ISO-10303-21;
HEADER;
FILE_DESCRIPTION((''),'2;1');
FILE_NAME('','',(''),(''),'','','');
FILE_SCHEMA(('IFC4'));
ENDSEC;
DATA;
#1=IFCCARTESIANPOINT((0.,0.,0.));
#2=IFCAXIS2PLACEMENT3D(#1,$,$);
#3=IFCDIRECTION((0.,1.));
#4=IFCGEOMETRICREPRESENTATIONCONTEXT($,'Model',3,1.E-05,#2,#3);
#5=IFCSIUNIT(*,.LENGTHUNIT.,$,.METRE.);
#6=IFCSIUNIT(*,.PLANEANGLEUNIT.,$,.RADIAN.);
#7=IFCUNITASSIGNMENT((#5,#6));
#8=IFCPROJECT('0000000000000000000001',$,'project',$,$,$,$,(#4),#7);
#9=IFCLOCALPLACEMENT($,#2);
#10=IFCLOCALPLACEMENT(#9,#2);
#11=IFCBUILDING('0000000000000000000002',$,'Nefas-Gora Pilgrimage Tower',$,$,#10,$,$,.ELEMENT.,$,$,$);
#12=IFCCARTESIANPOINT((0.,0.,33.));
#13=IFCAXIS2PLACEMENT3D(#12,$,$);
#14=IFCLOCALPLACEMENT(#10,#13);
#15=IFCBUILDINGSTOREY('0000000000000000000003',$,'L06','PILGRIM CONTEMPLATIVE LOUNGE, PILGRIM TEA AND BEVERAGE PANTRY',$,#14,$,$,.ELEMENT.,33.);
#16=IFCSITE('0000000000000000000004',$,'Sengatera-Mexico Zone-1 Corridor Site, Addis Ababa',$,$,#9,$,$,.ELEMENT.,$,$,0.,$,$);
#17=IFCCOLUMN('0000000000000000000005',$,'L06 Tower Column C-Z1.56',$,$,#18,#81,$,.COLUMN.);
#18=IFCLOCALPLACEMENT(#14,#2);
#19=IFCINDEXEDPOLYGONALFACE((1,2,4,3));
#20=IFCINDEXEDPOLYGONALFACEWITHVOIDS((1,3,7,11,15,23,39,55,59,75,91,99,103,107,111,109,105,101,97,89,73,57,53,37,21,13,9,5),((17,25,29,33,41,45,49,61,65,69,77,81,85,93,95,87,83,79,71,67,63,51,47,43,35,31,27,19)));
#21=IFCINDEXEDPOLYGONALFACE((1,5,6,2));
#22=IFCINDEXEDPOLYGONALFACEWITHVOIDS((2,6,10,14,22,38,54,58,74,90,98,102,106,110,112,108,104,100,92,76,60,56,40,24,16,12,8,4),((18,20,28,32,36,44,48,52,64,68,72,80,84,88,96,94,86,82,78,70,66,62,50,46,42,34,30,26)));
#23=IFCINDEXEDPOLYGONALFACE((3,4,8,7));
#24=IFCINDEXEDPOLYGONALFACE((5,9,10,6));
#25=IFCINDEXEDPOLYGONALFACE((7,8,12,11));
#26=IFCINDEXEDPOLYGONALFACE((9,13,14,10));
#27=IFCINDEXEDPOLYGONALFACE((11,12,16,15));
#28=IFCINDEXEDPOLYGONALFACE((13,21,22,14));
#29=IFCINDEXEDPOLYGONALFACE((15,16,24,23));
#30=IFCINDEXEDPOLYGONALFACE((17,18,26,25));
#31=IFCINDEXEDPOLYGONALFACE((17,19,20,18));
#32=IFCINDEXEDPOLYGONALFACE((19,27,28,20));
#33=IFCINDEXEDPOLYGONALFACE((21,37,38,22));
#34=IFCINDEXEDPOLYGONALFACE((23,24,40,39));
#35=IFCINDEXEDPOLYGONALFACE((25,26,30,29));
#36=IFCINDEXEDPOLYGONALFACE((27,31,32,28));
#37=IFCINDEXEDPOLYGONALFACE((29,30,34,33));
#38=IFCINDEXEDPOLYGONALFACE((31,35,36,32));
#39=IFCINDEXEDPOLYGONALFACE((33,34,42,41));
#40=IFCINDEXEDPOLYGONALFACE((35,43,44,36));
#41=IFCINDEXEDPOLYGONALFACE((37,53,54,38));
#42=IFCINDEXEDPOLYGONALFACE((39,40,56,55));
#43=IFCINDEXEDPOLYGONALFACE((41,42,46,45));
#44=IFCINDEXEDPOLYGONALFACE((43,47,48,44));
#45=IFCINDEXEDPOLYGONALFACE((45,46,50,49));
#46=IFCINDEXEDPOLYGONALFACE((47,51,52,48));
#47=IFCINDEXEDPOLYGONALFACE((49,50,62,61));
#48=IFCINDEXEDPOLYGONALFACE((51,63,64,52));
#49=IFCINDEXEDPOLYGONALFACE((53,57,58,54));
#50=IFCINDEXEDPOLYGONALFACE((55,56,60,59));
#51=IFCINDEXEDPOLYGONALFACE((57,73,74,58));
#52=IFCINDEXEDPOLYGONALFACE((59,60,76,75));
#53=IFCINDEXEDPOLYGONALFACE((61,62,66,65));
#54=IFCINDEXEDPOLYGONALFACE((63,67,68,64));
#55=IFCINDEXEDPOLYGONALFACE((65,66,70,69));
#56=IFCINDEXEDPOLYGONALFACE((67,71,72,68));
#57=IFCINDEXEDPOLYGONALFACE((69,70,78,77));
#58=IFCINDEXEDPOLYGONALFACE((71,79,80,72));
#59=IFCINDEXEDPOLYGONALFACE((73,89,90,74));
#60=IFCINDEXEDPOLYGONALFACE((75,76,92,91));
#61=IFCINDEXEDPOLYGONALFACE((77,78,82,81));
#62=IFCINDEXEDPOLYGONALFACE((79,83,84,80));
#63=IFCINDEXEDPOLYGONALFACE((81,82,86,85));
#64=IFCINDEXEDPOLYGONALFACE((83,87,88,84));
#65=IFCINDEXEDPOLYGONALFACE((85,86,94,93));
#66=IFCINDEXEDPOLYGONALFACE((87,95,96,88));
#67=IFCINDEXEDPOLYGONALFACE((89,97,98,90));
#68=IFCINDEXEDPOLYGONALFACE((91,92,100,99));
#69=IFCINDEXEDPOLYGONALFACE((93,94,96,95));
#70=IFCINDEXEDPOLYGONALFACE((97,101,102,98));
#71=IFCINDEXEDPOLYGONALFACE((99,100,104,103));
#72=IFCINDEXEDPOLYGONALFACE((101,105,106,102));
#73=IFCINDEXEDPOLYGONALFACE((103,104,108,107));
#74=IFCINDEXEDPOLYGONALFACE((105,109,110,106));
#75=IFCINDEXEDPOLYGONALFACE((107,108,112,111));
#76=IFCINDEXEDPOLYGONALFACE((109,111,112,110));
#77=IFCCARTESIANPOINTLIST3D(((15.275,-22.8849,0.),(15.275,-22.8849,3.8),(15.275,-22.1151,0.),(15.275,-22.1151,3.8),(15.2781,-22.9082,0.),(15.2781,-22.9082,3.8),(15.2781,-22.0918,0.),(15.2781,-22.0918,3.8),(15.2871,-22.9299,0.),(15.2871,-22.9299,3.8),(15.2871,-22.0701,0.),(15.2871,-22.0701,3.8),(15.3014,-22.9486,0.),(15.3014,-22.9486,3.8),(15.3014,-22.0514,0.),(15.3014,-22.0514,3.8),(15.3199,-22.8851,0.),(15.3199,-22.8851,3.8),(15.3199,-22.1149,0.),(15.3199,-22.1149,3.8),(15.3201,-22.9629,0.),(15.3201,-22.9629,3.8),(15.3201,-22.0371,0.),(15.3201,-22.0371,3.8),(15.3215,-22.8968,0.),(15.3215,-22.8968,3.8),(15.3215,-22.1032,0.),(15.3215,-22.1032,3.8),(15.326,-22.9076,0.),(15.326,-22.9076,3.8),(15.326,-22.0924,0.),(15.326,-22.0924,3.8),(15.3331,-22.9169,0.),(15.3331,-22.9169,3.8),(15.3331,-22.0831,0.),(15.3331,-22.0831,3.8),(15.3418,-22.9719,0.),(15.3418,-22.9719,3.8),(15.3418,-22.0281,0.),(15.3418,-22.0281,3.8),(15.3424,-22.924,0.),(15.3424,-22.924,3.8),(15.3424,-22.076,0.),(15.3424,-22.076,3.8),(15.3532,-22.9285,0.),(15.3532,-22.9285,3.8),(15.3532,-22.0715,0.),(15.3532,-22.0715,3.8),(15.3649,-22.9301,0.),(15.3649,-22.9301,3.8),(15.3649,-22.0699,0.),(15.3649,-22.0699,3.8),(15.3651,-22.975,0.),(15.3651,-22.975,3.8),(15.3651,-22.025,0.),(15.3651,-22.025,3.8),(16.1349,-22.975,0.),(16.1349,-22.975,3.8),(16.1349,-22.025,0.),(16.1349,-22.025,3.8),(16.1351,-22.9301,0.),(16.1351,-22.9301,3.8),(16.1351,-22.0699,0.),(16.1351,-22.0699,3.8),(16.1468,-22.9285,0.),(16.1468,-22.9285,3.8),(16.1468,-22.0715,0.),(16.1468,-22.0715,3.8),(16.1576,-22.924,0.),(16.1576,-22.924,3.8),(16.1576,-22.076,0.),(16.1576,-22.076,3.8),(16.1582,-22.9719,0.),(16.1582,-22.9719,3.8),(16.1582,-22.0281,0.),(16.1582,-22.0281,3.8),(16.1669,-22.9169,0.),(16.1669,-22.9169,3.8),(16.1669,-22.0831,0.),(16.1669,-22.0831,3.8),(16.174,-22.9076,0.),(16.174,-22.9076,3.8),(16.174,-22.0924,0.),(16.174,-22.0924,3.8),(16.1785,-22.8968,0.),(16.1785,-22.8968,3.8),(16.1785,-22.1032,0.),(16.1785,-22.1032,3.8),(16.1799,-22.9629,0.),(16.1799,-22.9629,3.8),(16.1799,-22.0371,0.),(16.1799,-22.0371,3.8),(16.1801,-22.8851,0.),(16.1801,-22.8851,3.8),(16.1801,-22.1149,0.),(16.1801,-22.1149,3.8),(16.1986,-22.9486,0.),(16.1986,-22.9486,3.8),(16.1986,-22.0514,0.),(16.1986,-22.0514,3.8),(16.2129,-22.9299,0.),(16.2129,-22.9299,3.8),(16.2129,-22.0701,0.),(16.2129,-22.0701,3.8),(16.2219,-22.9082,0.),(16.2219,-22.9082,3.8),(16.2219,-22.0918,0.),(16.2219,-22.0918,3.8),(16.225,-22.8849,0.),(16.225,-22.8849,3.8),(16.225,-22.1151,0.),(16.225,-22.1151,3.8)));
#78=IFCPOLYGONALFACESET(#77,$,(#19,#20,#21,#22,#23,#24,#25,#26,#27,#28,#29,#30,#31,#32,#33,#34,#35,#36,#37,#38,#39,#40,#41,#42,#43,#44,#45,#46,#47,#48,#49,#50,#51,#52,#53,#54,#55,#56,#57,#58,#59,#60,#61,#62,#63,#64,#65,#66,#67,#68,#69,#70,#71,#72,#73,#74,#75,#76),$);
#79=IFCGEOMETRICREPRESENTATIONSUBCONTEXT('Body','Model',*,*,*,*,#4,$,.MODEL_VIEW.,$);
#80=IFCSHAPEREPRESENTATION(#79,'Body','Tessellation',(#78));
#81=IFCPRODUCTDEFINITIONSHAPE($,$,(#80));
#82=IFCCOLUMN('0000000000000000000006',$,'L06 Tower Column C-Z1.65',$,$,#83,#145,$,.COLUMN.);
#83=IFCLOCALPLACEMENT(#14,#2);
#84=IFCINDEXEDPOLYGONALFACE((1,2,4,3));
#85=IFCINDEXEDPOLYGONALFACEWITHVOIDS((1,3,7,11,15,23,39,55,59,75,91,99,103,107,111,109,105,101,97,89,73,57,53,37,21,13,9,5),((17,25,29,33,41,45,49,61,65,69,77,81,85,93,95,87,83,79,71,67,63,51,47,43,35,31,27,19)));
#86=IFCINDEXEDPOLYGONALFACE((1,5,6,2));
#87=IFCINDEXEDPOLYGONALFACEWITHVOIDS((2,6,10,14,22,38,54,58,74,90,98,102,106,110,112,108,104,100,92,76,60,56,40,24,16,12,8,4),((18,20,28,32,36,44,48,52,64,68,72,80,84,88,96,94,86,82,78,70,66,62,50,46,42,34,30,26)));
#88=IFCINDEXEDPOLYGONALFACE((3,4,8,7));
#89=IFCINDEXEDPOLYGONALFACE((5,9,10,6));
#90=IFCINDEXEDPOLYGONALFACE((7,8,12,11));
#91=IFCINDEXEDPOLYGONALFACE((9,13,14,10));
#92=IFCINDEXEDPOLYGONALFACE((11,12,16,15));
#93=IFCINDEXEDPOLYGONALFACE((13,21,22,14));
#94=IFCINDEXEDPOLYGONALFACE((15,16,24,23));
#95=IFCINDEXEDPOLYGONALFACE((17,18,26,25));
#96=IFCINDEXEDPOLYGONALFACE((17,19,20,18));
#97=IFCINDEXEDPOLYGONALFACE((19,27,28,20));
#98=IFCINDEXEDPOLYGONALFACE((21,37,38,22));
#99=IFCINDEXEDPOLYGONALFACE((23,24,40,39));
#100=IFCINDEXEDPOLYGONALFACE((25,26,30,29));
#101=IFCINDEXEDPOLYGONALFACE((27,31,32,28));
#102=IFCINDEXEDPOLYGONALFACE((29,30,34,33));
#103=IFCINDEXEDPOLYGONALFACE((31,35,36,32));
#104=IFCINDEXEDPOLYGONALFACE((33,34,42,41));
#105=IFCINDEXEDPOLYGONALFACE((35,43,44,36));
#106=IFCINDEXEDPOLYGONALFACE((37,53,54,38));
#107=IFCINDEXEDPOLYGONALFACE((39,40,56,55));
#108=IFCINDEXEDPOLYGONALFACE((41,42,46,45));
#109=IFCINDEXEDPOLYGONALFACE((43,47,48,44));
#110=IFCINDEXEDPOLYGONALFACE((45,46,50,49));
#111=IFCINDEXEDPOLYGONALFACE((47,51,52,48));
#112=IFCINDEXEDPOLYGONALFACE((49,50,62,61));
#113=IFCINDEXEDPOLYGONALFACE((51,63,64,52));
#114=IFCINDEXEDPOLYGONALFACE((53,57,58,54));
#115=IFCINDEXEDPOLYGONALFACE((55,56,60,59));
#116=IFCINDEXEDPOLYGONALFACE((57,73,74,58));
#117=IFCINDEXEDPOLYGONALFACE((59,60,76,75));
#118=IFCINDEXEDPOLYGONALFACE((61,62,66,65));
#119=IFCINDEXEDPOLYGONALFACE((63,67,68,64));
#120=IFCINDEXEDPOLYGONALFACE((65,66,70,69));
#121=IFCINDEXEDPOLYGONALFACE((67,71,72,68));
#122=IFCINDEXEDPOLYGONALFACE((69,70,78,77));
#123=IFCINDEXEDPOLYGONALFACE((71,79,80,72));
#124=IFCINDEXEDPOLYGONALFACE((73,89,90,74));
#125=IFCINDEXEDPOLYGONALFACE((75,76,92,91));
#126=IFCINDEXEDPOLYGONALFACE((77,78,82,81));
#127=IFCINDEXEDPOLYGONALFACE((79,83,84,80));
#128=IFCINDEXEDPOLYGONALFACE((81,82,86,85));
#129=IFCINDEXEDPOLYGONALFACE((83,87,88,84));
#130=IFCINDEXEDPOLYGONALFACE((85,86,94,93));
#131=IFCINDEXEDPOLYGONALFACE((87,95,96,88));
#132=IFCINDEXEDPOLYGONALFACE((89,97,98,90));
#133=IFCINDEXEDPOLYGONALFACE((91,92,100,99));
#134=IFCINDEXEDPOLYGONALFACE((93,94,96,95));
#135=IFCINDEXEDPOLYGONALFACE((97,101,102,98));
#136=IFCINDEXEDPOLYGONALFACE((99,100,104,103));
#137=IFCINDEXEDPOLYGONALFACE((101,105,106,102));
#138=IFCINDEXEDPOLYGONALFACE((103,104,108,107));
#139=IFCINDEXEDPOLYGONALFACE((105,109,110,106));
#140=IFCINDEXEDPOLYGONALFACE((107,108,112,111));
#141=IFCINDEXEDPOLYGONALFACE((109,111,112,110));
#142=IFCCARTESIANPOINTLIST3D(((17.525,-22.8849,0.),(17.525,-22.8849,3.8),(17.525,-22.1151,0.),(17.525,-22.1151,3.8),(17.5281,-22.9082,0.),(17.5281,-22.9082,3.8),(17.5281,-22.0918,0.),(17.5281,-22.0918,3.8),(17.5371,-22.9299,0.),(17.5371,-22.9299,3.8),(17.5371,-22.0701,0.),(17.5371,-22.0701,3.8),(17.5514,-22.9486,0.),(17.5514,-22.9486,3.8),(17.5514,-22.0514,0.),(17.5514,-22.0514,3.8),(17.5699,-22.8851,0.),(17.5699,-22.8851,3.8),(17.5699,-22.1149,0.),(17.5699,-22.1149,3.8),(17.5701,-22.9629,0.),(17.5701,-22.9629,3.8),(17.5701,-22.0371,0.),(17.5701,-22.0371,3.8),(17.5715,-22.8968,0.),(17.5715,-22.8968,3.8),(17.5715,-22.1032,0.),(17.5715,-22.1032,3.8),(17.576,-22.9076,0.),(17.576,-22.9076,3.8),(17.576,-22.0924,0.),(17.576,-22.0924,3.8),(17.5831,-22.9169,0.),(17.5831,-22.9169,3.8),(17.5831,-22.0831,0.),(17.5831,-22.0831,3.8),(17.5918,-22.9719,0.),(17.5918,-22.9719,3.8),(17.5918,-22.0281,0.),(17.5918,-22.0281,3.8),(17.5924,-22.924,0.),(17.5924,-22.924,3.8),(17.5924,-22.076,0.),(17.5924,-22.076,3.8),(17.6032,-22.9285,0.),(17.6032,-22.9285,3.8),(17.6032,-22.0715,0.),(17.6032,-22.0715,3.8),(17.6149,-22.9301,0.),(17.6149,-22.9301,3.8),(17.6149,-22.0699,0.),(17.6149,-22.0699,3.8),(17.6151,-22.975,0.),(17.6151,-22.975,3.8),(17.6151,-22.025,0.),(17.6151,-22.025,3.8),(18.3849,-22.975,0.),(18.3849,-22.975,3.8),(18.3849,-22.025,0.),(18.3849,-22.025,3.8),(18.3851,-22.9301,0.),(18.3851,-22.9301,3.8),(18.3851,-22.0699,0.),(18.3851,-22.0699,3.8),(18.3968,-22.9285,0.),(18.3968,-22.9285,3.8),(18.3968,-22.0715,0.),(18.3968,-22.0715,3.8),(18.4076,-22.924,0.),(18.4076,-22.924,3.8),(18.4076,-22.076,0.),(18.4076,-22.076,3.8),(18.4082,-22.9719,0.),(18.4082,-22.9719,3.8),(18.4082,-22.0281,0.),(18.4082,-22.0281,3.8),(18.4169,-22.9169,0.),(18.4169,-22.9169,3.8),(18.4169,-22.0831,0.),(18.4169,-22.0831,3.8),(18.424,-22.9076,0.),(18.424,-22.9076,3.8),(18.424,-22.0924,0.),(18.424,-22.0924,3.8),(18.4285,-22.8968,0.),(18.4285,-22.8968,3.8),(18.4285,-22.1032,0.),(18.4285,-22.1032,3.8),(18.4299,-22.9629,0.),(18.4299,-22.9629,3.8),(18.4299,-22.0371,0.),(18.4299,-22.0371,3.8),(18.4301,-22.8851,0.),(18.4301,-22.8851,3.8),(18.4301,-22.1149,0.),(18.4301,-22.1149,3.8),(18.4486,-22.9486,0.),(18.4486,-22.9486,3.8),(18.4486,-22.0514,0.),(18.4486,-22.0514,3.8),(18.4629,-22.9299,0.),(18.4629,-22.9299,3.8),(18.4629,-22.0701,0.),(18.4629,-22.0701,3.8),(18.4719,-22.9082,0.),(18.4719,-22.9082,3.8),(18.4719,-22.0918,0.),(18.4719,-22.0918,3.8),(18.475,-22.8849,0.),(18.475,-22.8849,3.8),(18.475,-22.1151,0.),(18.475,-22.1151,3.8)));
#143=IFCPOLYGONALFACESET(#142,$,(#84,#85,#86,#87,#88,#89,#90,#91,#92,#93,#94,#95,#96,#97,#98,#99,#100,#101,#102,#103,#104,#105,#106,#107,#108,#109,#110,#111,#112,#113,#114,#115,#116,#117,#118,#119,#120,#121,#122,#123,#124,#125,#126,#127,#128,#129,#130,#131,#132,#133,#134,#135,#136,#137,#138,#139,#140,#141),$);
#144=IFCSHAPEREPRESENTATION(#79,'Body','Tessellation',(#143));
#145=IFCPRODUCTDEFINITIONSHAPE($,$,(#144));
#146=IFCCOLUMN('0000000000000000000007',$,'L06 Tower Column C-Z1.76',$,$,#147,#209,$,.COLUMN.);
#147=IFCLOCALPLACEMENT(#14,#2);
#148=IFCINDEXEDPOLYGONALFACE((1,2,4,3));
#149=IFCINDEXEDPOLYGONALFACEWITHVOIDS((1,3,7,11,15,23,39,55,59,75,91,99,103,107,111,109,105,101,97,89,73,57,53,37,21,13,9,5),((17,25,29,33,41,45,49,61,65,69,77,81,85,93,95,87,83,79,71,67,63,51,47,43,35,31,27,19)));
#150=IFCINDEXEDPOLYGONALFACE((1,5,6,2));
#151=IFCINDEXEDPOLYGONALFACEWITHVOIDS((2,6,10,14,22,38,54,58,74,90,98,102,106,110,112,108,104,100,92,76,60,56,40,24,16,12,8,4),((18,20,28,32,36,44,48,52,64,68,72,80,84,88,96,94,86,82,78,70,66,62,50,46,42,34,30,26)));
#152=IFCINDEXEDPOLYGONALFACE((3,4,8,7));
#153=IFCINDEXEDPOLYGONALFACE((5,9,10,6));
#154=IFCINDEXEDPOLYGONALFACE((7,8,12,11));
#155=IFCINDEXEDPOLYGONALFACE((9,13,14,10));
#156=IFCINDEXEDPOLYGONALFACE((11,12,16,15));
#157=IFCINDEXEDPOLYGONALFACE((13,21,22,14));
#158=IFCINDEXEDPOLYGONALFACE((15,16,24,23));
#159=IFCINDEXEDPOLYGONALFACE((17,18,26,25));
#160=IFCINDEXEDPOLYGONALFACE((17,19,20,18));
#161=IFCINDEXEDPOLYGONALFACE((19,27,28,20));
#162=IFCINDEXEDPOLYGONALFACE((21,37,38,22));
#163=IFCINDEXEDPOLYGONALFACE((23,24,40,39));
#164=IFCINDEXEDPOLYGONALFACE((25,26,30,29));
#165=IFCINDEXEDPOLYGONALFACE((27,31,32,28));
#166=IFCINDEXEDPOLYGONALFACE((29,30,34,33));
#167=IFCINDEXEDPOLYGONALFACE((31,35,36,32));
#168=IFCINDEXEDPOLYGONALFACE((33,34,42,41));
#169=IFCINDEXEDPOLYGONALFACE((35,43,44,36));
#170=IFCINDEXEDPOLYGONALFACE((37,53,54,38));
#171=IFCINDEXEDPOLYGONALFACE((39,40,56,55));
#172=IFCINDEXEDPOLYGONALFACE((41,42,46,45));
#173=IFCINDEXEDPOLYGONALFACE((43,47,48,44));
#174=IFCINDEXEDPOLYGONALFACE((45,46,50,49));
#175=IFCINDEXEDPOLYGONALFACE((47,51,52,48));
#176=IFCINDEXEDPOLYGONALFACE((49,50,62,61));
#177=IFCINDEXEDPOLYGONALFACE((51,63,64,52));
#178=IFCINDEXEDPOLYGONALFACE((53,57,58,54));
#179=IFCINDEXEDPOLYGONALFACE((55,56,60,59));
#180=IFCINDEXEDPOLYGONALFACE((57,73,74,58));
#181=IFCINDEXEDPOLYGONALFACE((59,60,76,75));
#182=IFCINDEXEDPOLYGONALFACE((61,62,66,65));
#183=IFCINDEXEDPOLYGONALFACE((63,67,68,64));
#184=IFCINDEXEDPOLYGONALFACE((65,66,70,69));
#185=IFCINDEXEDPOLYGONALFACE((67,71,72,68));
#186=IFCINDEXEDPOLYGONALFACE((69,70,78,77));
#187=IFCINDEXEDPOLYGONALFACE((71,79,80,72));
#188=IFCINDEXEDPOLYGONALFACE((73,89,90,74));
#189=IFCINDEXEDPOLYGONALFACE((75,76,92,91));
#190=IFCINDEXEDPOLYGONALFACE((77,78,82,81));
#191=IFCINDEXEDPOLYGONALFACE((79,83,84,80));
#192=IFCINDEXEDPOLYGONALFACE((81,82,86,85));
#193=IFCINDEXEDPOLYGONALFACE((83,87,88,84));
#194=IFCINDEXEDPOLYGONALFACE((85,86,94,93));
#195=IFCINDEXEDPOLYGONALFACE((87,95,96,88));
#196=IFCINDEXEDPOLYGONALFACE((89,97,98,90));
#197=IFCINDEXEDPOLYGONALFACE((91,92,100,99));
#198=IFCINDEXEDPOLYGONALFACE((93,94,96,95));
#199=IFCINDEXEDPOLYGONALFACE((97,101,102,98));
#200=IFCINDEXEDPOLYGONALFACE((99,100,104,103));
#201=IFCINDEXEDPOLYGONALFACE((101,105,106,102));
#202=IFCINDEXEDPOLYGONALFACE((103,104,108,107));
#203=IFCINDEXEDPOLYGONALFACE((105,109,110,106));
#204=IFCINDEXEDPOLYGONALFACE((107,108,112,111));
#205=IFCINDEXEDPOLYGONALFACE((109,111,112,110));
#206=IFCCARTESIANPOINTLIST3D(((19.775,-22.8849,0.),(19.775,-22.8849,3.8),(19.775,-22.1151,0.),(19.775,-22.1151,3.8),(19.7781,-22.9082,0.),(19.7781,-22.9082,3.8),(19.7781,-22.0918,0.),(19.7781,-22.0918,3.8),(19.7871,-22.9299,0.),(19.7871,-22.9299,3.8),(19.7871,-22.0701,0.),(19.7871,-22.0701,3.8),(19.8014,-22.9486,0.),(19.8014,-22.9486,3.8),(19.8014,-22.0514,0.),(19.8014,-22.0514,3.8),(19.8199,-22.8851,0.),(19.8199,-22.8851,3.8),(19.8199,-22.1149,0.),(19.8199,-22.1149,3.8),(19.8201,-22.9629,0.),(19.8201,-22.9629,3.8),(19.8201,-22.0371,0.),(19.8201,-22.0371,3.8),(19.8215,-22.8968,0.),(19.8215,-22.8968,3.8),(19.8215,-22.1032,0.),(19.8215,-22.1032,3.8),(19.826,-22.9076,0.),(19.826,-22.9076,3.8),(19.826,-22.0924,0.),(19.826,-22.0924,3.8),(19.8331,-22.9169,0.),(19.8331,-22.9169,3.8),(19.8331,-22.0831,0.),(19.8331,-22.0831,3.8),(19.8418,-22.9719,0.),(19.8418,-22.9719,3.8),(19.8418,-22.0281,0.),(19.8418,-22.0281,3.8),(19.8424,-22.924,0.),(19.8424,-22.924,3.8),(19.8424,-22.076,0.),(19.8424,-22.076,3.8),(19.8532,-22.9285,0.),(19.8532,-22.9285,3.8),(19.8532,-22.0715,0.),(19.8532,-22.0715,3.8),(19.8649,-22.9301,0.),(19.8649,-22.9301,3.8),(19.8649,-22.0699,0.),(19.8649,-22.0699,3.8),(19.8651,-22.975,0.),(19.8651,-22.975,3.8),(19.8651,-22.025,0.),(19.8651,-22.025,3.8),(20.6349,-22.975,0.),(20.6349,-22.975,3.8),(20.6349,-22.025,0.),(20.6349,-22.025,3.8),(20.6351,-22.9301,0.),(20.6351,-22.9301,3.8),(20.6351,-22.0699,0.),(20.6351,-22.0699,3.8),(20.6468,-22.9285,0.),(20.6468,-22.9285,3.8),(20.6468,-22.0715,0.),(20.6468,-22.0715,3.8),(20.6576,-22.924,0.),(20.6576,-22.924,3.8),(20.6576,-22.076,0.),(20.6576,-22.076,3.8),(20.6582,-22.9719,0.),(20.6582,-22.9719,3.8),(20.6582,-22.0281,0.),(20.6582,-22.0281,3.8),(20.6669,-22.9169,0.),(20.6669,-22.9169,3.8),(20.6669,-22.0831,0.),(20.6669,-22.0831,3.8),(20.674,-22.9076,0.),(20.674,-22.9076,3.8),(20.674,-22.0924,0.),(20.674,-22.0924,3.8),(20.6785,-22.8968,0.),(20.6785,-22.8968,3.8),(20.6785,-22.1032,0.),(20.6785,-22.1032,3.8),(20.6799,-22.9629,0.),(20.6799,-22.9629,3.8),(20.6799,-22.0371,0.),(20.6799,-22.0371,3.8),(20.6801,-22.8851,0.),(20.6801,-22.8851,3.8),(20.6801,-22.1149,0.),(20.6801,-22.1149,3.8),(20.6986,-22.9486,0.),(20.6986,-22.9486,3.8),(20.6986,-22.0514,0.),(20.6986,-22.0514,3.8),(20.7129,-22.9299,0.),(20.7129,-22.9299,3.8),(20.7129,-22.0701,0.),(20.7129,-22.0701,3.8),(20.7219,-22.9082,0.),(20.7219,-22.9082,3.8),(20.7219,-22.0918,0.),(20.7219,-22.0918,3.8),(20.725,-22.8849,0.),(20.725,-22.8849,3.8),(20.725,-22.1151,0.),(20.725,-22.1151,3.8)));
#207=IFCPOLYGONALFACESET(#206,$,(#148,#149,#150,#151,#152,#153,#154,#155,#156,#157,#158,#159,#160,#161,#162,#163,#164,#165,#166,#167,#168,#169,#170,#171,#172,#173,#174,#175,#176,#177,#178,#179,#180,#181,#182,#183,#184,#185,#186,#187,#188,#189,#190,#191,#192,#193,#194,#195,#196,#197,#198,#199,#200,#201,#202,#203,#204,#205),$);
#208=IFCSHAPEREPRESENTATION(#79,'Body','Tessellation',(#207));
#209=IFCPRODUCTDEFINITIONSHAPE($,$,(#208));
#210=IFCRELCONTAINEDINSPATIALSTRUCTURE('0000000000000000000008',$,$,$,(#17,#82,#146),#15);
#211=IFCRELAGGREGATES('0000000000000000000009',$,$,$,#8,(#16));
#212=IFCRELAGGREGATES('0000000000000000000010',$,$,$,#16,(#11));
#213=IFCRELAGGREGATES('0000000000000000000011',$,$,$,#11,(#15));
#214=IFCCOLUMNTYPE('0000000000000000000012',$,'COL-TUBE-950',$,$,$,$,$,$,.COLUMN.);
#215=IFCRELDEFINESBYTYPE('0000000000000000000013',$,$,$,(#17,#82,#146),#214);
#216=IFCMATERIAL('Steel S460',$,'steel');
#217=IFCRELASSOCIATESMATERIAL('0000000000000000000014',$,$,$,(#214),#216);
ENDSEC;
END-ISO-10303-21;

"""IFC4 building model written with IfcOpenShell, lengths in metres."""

from ifc_helpers import new_model, si_unit, direction, frame, origin, origin_2d, place, context, subcontext, project, spatial, hollow_rectangle, extrude, source, transform, mapped, material, material_profile, profile_set, type_object, element, save


model = new_model("IFC4")

# Units and contexts
model_context = context("Model", 3, precision=1e-05, world=origin(), true_north=direction((0.0, 1.0)))
body_context = subcontext(model_context, "Body", "Model", "MODEL_VIEW")
ifc_project = project(units=[si_unit("LENGTHUNIT", "METRE"), si_unit("PLANEANGLEUNIT", "RADIAN")], contexts=[model_context])

# Site, building, storey
site_placement = place(None, origin())
site = spatial("IfcSite", under=ifc_project, at=site_placement, Name="Sengatera-Mexico Zone-1 Corridor Site, Addis Ababa", CompositionType="ELEMENT", RefElevation=0.0)
building_placement = place(site_placement, origin())
building = spatial("IfcBuilding", under=site, at=building_placement, Name="Nefas-Gora Pilgrimage Tower", CompositionType="ELEMENT")
storey_placement = place(building_placement, frame((0.0, 0.0, 33.0)))
storey = spatial("IfcBuildingStorey", under=building, at=storey_placement, Name="L06", Description="PILGRIM CONTEMPLATIVE LOUNGE, PILGRIM TEA AND BEVERAGE PANTRY", CompositionType="ELEMENT", Elevation=33.0)

# Columns
ifc_material_1 = material(Name="Steel S460", Category="steel")
ifc_material_profile_1 = material_profile(ifc_material_1, hollow_rectangle(XDim=0.95, YDim=0.95, WallThickness=0.0449, InnerFilletRadius=0.0449, OuterFilletRadius=0.0901, at=origin_2d()), Name="BOX 950x950x45")
ifc_profile_set_1 = profile_set([ifc_material_profile_1], Name="Steel S460")
column_type_1 = type_object("IfcColumnType", Name="COL-TUBE-950", PredefinedType="COLUMN", material=ifc_profile_set_1)
shared_shape_1 = source(origin(), body_context, "Body", "SweptSolid", [
    extrude(hollow_rectangle(XDim=0.95, YDim=0.95, WallThickness=0.0449, InnerFilletRadius=0.0449, OuterFilletRadius=0.0901, at=origin_2d()), origin(), (0.0, 0.0, 1.0), 3.8),
])
for number, where, z_axis, x_axis, name in (
    (1, (15.75, -22.5, 0.0), (0.0, 0.0, 1.0), (1.0, 0.0, 0.0), "L06 Tower Column C-Z1.56"),
    (2, (18.0, -22.5, 0.0), (0.0, 0.0, 1.0), (1.0, 0.0, 0.0), "L06 Tower Column C-Z1.65"),
    (3, (20.25, -22.5, 0.0), (0.0, 0.0, 1.0), (1.0, 0.0, 0.0), "L06 Tower Column C-Z1.76"),
):
    element("IfcColumn", number, at=place(storey_placement, frame(where, z_axis=z_axis, x_axis=x_axis)), inside=storey, type_object=column_type_1, Name=name, PredefinedType="COLUMN", context=body_context, shape_type="MappedRepresentation", body=[
        mapped(shared_shape_1, transform((0.0, 0.0, 0.0), x_axis=(1.0, 0.0, 0.0), y_axis=(0.0, 1.0, 0.0), z_axis=(0.0, 0.0, 1.0), scale=1.0)),
    ])

save(model, "model.ifc")
